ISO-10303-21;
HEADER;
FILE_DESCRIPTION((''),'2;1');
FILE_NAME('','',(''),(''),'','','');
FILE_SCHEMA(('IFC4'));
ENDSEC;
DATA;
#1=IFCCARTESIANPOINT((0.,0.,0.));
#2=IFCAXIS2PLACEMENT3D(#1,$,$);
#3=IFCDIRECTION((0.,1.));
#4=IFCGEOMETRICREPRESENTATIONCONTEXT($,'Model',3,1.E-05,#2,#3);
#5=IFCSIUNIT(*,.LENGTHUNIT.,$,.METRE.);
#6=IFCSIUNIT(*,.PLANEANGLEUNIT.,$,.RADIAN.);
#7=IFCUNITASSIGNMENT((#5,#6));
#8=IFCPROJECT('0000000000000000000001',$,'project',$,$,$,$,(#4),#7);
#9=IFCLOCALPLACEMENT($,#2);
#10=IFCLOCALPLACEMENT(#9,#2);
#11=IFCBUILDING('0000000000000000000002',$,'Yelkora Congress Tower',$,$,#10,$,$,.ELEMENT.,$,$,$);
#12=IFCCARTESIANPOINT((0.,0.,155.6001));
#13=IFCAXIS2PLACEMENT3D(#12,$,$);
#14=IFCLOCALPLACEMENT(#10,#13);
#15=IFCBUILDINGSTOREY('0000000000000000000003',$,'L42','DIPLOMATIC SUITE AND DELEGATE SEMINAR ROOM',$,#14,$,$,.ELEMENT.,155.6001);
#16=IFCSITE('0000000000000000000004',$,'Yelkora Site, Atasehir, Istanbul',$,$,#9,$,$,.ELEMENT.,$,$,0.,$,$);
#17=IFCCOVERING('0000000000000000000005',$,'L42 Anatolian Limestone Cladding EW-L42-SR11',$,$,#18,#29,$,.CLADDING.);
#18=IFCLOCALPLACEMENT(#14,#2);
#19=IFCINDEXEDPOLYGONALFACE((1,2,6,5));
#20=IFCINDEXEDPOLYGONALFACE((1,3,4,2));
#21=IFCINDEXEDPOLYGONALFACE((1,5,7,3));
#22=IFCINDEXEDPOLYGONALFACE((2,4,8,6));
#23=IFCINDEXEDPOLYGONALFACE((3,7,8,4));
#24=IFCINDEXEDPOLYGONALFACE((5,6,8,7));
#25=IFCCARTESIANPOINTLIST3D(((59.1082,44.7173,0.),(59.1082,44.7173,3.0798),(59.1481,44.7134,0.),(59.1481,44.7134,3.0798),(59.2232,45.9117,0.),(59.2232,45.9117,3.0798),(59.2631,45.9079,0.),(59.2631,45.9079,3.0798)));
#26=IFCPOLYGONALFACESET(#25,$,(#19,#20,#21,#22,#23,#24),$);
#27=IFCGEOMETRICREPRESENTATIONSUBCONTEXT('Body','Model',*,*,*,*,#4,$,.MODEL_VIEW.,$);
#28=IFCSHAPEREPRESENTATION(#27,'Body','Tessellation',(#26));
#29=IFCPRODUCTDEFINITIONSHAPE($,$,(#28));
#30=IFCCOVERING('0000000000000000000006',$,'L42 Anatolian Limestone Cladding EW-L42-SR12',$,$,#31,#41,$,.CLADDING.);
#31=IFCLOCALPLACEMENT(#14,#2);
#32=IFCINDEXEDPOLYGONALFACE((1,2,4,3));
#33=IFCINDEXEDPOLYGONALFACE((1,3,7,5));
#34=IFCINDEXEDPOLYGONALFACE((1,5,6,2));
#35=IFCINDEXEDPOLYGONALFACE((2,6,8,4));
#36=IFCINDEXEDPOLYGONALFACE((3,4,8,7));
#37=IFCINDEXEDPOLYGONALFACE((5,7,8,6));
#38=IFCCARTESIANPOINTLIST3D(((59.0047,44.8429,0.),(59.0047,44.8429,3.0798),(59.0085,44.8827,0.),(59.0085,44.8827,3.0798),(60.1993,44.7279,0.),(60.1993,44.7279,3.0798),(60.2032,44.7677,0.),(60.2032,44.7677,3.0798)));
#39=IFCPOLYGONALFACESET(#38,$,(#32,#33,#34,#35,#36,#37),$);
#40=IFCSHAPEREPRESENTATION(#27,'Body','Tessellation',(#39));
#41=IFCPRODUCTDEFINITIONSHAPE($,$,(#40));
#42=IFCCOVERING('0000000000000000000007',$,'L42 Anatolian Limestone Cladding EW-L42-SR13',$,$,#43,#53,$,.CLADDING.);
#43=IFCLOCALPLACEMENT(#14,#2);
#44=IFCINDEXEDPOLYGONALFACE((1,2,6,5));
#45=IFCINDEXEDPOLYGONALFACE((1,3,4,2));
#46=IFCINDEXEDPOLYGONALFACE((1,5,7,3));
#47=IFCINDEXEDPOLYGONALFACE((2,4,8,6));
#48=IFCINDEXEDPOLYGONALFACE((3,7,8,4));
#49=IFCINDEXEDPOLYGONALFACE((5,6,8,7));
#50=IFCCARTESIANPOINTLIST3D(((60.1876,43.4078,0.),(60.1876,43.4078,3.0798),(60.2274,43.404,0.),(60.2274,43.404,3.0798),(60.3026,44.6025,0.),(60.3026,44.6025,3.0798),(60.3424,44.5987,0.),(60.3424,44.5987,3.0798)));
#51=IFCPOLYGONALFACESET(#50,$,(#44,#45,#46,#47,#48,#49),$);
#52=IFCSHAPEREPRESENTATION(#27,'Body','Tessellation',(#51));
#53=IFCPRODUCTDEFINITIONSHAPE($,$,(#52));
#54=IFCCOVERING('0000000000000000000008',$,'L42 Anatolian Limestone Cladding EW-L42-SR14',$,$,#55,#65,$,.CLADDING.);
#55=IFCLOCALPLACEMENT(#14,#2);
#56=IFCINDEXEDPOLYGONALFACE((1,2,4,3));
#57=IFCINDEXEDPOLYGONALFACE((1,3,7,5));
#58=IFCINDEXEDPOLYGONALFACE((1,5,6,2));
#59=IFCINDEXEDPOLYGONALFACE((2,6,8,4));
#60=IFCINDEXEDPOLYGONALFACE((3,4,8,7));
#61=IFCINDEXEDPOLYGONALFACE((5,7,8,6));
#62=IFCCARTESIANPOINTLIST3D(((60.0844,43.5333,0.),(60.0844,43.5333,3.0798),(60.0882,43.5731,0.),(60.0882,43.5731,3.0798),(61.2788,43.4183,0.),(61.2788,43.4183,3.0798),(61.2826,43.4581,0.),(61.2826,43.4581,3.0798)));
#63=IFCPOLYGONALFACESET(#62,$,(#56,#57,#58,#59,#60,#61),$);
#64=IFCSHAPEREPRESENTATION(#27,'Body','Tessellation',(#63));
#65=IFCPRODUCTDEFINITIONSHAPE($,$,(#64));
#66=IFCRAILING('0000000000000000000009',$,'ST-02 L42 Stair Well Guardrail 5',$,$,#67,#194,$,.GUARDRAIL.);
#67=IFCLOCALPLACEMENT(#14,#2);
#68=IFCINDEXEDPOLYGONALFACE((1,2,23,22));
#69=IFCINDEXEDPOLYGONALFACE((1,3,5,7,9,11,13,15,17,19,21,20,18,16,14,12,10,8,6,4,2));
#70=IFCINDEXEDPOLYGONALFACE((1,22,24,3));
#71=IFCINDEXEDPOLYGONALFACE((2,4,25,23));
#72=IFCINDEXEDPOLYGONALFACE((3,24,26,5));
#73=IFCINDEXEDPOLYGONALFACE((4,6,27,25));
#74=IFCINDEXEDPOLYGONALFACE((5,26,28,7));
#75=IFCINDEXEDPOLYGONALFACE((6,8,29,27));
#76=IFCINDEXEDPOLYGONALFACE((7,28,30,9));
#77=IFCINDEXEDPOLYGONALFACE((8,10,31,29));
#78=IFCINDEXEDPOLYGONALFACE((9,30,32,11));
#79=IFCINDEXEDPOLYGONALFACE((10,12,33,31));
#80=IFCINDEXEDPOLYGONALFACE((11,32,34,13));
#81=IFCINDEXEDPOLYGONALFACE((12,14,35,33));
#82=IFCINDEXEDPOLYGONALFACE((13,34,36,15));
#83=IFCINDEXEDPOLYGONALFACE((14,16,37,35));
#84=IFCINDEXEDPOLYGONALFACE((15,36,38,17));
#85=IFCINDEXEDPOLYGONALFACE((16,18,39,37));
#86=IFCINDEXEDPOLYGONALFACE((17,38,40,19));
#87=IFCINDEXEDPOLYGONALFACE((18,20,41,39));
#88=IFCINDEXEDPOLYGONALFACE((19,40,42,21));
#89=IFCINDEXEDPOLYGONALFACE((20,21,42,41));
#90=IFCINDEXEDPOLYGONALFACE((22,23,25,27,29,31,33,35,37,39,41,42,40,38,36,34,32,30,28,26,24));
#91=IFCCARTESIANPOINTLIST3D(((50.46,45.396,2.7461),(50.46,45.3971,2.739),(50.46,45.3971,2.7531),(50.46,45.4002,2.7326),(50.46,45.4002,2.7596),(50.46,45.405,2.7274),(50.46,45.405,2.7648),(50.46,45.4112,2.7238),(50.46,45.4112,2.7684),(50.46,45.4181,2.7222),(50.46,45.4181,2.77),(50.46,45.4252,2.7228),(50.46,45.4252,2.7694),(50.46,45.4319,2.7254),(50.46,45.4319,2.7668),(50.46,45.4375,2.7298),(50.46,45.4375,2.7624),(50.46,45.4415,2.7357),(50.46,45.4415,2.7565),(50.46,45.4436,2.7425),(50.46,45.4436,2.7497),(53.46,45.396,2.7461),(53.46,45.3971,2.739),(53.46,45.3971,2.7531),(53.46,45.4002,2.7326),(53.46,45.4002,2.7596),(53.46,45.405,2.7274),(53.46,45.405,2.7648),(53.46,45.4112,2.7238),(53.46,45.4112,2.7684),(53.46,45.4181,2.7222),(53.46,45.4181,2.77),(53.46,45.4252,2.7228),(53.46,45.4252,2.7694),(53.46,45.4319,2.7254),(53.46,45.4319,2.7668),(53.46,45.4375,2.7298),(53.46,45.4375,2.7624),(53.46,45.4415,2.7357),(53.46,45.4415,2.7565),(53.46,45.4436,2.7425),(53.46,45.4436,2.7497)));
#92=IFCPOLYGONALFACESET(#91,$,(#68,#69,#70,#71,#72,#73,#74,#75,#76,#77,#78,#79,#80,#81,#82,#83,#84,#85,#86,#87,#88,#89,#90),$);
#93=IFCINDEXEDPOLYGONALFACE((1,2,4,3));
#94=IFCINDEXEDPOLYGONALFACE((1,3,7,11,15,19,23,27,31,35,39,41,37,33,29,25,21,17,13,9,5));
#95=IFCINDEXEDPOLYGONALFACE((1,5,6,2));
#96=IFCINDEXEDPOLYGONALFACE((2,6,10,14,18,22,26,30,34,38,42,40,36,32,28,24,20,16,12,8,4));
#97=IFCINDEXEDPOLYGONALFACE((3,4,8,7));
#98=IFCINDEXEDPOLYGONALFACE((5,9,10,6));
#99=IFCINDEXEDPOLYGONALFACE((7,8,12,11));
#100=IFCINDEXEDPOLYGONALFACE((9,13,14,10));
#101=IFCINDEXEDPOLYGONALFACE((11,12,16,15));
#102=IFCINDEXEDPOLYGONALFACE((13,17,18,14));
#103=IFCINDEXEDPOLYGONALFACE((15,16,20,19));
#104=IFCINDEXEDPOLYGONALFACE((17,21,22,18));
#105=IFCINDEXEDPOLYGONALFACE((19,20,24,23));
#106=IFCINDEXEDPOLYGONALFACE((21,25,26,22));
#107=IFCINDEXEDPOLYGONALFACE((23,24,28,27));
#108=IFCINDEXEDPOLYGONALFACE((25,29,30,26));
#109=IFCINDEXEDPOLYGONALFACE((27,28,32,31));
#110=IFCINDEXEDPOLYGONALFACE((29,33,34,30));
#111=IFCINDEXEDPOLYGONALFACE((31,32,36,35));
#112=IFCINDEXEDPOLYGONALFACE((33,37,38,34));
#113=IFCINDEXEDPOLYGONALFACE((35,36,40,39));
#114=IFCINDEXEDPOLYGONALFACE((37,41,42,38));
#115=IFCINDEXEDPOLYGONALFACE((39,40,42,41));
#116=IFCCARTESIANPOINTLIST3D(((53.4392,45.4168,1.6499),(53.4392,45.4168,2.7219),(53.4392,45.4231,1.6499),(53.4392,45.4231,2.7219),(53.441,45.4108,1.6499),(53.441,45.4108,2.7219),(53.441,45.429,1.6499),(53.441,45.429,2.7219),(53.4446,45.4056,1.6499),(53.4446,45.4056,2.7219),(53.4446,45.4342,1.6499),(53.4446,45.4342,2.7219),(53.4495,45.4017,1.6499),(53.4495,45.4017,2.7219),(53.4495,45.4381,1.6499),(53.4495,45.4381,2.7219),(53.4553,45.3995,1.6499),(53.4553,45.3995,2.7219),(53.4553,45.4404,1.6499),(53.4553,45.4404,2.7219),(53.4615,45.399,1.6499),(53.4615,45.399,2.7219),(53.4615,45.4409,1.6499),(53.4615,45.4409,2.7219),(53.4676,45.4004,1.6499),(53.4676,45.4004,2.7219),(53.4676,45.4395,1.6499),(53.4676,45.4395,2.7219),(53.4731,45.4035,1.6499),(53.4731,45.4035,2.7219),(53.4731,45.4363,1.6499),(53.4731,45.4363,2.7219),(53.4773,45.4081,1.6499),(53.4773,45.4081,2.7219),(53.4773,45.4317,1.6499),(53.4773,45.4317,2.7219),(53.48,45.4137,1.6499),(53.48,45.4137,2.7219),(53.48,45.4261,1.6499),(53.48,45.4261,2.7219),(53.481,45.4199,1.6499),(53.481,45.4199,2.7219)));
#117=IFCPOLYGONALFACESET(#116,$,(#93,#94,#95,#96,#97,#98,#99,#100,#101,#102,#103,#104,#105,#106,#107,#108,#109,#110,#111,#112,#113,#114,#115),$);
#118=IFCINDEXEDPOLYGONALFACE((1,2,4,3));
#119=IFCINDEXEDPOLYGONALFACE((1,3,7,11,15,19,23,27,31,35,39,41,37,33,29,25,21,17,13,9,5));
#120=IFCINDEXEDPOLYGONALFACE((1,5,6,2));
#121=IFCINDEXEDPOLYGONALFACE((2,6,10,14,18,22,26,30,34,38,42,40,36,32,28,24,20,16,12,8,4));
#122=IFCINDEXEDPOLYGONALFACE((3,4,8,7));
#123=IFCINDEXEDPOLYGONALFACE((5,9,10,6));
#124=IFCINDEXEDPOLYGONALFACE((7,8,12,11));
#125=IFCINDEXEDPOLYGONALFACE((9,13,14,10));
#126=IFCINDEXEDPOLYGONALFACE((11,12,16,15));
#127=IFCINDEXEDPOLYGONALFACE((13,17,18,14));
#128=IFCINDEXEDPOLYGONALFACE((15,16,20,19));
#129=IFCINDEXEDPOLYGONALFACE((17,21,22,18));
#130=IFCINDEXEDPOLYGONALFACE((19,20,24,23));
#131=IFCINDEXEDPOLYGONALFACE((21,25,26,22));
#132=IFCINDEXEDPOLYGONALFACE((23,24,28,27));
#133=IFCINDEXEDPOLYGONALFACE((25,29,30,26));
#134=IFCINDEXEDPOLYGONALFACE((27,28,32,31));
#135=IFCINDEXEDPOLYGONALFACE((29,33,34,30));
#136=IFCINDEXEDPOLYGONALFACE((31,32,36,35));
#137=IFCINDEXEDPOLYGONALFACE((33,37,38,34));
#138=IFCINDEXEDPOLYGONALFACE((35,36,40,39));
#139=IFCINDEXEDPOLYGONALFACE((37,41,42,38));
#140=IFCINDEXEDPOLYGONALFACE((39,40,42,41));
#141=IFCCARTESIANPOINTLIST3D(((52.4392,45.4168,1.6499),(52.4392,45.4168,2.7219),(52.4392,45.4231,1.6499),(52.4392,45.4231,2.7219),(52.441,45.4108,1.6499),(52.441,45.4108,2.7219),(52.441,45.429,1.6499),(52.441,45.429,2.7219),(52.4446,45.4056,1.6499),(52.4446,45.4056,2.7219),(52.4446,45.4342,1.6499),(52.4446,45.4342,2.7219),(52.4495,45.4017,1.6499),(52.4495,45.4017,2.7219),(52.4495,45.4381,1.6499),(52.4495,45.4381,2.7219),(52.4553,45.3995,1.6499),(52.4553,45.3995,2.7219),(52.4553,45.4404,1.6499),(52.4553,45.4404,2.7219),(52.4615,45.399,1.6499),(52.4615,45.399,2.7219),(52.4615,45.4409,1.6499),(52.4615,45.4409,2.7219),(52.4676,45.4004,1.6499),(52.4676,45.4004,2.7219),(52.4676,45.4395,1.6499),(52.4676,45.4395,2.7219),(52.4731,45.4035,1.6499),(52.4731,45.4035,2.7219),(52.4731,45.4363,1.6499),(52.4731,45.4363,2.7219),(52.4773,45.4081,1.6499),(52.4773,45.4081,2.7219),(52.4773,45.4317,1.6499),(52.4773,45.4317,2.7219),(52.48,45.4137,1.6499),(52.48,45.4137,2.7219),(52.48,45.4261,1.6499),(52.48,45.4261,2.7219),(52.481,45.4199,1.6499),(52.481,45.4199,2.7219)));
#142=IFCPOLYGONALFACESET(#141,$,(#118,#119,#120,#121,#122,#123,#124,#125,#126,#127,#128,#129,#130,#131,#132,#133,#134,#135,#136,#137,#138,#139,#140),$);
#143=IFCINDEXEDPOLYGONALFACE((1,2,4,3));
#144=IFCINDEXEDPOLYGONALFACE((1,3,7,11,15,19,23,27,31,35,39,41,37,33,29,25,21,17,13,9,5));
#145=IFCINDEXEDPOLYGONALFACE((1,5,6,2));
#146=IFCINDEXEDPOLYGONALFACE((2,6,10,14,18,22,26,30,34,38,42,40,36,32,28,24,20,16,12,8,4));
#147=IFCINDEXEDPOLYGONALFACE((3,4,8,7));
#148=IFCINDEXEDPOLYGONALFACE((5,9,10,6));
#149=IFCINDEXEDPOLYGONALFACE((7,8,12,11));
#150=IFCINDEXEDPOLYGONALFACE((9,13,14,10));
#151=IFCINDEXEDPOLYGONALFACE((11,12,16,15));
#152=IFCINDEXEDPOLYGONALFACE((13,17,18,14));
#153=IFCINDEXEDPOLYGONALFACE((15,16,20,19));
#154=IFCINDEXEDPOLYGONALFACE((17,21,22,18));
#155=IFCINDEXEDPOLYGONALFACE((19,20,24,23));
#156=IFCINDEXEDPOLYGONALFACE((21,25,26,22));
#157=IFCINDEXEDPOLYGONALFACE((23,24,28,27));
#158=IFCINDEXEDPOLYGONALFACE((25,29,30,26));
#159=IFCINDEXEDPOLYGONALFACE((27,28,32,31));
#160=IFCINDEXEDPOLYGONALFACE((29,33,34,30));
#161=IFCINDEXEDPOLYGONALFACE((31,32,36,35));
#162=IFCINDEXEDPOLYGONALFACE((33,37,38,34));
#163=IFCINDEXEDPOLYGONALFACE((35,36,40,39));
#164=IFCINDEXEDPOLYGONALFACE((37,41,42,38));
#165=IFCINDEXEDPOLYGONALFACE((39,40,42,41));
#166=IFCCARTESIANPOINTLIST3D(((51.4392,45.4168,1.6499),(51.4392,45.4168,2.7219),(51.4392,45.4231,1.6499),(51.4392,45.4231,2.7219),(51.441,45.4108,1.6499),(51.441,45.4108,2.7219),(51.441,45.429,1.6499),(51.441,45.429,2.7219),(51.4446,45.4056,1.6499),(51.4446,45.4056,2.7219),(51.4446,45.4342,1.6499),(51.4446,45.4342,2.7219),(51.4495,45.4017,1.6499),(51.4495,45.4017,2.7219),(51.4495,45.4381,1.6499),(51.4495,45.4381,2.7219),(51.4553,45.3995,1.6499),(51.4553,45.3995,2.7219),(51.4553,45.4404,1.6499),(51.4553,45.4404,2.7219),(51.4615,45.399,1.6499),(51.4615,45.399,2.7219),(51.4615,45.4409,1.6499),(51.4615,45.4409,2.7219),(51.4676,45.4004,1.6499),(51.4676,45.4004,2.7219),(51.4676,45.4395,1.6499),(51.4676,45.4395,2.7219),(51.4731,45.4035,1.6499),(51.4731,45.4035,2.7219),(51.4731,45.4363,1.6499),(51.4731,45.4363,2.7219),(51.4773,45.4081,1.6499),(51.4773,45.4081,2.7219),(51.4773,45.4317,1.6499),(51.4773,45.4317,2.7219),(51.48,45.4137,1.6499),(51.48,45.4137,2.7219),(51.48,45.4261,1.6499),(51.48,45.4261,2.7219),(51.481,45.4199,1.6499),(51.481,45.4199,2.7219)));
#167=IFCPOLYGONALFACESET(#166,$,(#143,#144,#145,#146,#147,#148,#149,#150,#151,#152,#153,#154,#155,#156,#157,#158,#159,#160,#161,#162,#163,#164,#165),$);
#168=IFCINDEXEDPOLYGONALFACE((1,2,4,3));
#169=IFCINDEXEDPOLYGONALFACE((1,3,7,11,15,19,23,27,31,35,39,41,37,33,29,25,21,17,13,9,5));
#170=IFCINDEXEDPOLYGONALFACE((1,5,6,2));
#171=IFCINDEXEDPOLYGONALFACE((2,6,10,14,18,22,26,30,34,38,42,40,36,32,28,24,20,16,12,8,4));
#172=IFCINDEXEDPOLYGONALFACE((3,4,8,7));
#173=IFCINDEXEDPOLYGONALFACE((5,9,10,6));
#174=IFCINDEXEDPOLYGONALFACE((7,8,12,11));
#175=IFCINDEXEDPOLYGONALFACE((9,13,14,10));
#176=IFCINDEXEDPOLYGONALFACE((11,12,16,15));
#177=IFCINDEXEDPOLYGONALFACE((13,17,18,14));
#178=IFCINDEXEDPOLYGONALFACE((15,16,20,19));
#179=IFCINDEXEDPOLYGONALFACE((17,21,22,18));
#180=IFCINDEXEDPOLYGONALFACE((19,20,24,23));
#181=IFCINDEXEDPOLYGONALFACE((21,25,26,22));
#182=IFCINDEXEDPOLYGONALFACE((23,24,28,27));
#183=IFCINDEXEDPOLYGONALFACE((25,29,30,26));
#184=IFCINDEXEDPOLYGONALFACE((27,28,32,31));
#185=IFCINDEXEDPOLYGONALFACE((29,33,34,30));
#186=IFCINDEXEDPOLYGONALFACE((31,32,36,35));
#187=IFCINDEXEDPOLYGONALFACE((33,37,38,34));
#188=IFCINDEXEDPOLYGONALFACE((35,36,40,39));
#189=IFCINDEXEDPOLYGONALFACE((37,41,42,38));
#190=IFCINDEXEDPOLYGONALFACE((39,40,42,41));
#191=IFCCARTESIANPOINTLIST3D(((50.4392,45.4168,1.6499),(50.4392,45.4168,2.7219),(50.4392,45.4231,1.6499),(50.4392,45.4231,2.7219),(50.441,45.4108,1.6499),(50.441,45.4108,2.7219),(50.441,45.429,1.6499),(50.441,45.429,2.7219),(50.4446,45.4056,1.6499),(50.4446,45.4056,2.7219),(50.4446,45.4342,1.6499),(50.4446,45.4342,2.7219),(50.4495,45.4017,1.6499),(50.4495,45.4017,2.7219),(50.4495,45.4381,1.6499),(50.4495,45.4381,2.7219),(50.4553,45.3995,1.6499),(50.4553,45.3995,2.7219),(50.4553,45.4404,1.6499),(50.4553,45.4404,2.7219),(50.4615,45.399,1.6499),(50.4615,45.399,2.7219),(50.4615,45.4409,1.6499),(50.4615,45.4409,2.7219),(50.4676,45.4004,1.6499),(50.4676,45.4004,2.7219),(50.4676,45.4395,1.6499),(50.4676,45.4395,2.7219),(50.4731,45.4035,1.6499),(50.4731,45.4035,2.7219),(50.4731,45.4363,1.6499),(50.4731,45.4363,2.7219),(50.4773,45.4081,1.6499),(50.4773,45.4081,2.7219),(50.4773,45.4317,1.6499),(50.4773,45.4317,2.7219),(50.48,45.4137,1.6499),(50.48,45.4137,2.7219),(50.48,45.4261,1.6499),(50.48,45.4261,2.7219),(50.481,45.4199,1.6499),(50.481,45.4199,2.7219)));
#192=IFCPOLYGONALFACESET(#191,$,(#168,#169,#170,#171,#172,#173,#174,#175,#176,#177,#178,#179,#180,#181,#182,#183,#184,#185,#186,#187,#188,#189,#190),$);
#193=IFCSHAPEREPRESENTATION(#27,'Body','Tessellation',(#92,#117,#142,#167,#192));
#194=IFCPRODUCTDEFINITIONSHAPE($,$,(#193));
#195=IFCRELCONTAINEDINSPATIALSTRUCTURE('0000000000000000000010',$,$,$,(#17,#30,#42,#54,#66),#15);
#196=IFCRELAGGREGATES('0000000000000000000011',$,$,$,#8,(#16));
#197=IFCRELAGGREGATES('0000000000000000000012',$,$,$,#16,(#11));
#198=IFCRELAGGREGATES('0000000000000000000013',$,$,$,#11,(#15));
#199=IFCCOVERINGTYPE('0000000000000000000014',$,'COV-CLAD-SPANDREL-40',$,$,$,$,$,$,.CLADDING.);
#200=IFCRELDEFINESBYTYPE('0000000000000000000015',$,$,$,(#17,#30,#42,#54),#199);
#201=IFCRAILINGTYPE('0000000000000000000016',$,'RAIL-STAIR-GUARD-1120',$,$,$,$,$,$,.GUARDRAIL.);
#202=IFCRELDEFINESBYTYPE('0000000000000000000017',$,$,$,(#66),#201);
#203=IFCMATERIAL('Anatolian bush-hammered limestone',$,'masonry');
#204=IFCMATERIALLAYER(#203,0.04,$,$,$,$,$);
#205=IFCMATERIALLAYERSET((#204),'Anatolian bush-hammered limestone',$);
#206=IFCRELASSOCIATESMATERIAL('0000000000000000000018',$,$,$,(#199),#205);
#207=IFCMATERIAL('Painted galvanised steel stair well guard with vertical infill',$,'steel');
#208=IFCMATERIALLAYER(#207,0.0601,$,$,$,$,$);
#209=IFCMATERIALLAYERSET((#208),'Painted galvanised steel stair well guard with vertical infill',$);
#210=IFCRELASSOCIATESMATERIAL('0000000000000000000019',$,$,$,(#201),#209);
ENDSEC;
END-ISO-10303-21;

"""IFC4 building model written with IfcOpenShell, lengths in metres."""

from ifc_helpers import new_model, si_unit, direction, frame, frame_2d, origin, origin_2d, place, context, subcontext, project, spatial, rectangle, circle, extrude, material, layer, layer_set, type_object, element, save


model = new_model("IFC4")

# Units and contexts
model_context = context("Model", 3, precision=1e-05, world=origin(), true_north=direction((0.0, 1.0)))
body_context = subcontext(model_context, "Body", "Model", "MODEL_VIEW")
ifc_project = project(units=[si_unit("LENGTHUNIT", "METRE"), si_unit("PLANEANGLEUNIT", "RADIAN")], contexts=[model_context])

# Site, building, storey
site_placement = place(None, origin())
site = spatial("IfcSite", under=ifc_project, at=site_placement, Name="Yelkora Site, Atasehir, Istanbul", CompositionType="ELEMENT", RefElevation=0.0)
building_placement = place(site_placement, origin())
building = spatial("IfcBuilding", under=site, at=building_placement, Name="Yelkora Congress Tower", CompositionType="ELEMENT")
storey_placement = place(building_placement, frame((0.0, 0.0, 155.6001)))
storey = spatial("IfcBuildingStorey", under=building, at=storey_placement, Name="L42", Description="DIPLOMATIC SUITE AND DELEGATE SEMINAR ROOM", CompositionType="ELEMENT", Elevation=155.6001)

# Coverings
ifc_material_1 = material(Name="Anatolian bush-hammered limestone", Category="masonry")
ifc_layer_1 = layer(ifc_material_1, 0.04)
ifc_layer_set_1 = layer_set([ifc_layer_1], Name="Anatolian bush-hammered limestone")
covering_type = type_object("IfcCoveringType", Name="COV-CLAD-SPANDREL-40", PredefinedType="CLADDING", material=ifc_layer_set_1)
covering_1_placement = place(storey_placement, frame((59.2432, 45.9099, 0.0), z_axis=(0.0, 0.0, 1.0), x_axis=(-0.095836, -0.995397, 0.0)))
element("IfcCovering", 1, at=covering_1_placement, inside=storey, type_object=covering_type, Name="L42 Anatolian Limestone Cladding EW-L42-SR11", PredefinedType="CLADDING", context=body_context, shape_type="SweptSolid", body=[
    extrude(rectangle(XDim=1.2, YDim=0.04, at=frame_2d((0.6001, 0.0))), origin(), (0.0, 0.0, 1.0), 3.0798),
])
for number, where, z_axis, x_axis, name in (
    (2, (59.0066, 44.8628, 0.0), (0.0, 0.0, 1.0), (0.995399, -0.095817, 0.0), "L42 Anatolian Limestone Cladding EW-L42-SR12"),
    (3, (60.3225, 44.6006, 0.0), (0.0, 0.0, 1.0), (-0.095817, -0.995399, 0.0), "L42 Anatolian Limestone Cladding EW-L42-SR13"),
):
    element("IfcCovering", number, at=place(storey_placement, frame(where, z_axis=z_axis, x_axis=x_axis)), inside=storey, type_object=covering_type, Name=name, PredefinedType="CLADDING", context=body_context, shape_type="SweptSolid", body=[
        extrude(rectangle(XDim=1.2002, YDim=0.04, at=frame_2d((0.6001, 0.0))), origin(), (0.0, 0.0, 1.0), 3.0798),
    ])
covering_2_placement = place(storey_placement, frame((60.0862, 43.5532, 0.0), z_axis=(0.0, 0.0, 1.0), x_axis=(0.995397, -0.095836, 0.0)))
element("IfcCovering", 4, at=covering_2_placement, inside=storey, type_object=covering_type, Name="L42 Anatolian Limestone Cladding EW-L42-SR14", PredefinedType="CLADDING", context=body_context, shape_type="SweptSolid", body=[
    extrude(rectangle(XDim=1.2, YDim=0.04, at=frame_2d((0.6001, 0.0))), origin(), (0.0, 0.0, 1.0), 3.0798),
])

# Railing
ifc_material_2 = material(Name="Painted galvanised steel stair well guard with vertical infill", Category="steel")
ifc_layer_2 = layer(ifc_material_2, 0.0601)
ifc_layer_set_2 = layer_set([ifc_layer_2], Name="Painted galvanised steel stair well guard with vertical infill")
railing_type = type_object("IfcRailingType", Name="RAIL-STAIR-GUARD-1120", PredefinedType="GUARDRAIL", material=ifc_layer_set_2)
railing_1_placement = place(storey_placement, frame((53.46, 45.4199, 1.6499)))
element("IfcRailing", 5, at=railing_1_placement, inside=storey, type_object=railing_type, Name="ST-02 L42 Stair Well Guardrail 5", PredefinedType="GUARDRAIL", context=body_context, shape_type="SweptSolid", body=[
    extrude(circle(Radius=0.0239, at=origin_2d()), frame((0.0, 0.0, 1.0962), z_axis=(-1.0, 0.0, 0.0), x_axis=(0.0, -1.0, 0.0)), (0.0, 0.0, 1.0), 3.0),
    extrude(circle(Radius=0.021, at=origin_2d()), origin(), (0.0, 0.0, 1.0), 1.072),
    extrude(circle(Radius=0.021, at=origin_2d()), frame((-1.0, 0.0, 0.0)), (0.0, 0.0, 1.0), 1.072),
    extrude(circle(Radius=0.021, at=origin_2d()), frame((-2.0, 0.0, 0.0)), (0.0, 0.0, 1.0), 1.072),
    extrude(circle(Radius=0.021, at=origin_2d()), frame((-3.0, 0.0, 0.0)), (0.0, 0.0, 1.0), 1.072),
])

save(model, "model.ifc")
